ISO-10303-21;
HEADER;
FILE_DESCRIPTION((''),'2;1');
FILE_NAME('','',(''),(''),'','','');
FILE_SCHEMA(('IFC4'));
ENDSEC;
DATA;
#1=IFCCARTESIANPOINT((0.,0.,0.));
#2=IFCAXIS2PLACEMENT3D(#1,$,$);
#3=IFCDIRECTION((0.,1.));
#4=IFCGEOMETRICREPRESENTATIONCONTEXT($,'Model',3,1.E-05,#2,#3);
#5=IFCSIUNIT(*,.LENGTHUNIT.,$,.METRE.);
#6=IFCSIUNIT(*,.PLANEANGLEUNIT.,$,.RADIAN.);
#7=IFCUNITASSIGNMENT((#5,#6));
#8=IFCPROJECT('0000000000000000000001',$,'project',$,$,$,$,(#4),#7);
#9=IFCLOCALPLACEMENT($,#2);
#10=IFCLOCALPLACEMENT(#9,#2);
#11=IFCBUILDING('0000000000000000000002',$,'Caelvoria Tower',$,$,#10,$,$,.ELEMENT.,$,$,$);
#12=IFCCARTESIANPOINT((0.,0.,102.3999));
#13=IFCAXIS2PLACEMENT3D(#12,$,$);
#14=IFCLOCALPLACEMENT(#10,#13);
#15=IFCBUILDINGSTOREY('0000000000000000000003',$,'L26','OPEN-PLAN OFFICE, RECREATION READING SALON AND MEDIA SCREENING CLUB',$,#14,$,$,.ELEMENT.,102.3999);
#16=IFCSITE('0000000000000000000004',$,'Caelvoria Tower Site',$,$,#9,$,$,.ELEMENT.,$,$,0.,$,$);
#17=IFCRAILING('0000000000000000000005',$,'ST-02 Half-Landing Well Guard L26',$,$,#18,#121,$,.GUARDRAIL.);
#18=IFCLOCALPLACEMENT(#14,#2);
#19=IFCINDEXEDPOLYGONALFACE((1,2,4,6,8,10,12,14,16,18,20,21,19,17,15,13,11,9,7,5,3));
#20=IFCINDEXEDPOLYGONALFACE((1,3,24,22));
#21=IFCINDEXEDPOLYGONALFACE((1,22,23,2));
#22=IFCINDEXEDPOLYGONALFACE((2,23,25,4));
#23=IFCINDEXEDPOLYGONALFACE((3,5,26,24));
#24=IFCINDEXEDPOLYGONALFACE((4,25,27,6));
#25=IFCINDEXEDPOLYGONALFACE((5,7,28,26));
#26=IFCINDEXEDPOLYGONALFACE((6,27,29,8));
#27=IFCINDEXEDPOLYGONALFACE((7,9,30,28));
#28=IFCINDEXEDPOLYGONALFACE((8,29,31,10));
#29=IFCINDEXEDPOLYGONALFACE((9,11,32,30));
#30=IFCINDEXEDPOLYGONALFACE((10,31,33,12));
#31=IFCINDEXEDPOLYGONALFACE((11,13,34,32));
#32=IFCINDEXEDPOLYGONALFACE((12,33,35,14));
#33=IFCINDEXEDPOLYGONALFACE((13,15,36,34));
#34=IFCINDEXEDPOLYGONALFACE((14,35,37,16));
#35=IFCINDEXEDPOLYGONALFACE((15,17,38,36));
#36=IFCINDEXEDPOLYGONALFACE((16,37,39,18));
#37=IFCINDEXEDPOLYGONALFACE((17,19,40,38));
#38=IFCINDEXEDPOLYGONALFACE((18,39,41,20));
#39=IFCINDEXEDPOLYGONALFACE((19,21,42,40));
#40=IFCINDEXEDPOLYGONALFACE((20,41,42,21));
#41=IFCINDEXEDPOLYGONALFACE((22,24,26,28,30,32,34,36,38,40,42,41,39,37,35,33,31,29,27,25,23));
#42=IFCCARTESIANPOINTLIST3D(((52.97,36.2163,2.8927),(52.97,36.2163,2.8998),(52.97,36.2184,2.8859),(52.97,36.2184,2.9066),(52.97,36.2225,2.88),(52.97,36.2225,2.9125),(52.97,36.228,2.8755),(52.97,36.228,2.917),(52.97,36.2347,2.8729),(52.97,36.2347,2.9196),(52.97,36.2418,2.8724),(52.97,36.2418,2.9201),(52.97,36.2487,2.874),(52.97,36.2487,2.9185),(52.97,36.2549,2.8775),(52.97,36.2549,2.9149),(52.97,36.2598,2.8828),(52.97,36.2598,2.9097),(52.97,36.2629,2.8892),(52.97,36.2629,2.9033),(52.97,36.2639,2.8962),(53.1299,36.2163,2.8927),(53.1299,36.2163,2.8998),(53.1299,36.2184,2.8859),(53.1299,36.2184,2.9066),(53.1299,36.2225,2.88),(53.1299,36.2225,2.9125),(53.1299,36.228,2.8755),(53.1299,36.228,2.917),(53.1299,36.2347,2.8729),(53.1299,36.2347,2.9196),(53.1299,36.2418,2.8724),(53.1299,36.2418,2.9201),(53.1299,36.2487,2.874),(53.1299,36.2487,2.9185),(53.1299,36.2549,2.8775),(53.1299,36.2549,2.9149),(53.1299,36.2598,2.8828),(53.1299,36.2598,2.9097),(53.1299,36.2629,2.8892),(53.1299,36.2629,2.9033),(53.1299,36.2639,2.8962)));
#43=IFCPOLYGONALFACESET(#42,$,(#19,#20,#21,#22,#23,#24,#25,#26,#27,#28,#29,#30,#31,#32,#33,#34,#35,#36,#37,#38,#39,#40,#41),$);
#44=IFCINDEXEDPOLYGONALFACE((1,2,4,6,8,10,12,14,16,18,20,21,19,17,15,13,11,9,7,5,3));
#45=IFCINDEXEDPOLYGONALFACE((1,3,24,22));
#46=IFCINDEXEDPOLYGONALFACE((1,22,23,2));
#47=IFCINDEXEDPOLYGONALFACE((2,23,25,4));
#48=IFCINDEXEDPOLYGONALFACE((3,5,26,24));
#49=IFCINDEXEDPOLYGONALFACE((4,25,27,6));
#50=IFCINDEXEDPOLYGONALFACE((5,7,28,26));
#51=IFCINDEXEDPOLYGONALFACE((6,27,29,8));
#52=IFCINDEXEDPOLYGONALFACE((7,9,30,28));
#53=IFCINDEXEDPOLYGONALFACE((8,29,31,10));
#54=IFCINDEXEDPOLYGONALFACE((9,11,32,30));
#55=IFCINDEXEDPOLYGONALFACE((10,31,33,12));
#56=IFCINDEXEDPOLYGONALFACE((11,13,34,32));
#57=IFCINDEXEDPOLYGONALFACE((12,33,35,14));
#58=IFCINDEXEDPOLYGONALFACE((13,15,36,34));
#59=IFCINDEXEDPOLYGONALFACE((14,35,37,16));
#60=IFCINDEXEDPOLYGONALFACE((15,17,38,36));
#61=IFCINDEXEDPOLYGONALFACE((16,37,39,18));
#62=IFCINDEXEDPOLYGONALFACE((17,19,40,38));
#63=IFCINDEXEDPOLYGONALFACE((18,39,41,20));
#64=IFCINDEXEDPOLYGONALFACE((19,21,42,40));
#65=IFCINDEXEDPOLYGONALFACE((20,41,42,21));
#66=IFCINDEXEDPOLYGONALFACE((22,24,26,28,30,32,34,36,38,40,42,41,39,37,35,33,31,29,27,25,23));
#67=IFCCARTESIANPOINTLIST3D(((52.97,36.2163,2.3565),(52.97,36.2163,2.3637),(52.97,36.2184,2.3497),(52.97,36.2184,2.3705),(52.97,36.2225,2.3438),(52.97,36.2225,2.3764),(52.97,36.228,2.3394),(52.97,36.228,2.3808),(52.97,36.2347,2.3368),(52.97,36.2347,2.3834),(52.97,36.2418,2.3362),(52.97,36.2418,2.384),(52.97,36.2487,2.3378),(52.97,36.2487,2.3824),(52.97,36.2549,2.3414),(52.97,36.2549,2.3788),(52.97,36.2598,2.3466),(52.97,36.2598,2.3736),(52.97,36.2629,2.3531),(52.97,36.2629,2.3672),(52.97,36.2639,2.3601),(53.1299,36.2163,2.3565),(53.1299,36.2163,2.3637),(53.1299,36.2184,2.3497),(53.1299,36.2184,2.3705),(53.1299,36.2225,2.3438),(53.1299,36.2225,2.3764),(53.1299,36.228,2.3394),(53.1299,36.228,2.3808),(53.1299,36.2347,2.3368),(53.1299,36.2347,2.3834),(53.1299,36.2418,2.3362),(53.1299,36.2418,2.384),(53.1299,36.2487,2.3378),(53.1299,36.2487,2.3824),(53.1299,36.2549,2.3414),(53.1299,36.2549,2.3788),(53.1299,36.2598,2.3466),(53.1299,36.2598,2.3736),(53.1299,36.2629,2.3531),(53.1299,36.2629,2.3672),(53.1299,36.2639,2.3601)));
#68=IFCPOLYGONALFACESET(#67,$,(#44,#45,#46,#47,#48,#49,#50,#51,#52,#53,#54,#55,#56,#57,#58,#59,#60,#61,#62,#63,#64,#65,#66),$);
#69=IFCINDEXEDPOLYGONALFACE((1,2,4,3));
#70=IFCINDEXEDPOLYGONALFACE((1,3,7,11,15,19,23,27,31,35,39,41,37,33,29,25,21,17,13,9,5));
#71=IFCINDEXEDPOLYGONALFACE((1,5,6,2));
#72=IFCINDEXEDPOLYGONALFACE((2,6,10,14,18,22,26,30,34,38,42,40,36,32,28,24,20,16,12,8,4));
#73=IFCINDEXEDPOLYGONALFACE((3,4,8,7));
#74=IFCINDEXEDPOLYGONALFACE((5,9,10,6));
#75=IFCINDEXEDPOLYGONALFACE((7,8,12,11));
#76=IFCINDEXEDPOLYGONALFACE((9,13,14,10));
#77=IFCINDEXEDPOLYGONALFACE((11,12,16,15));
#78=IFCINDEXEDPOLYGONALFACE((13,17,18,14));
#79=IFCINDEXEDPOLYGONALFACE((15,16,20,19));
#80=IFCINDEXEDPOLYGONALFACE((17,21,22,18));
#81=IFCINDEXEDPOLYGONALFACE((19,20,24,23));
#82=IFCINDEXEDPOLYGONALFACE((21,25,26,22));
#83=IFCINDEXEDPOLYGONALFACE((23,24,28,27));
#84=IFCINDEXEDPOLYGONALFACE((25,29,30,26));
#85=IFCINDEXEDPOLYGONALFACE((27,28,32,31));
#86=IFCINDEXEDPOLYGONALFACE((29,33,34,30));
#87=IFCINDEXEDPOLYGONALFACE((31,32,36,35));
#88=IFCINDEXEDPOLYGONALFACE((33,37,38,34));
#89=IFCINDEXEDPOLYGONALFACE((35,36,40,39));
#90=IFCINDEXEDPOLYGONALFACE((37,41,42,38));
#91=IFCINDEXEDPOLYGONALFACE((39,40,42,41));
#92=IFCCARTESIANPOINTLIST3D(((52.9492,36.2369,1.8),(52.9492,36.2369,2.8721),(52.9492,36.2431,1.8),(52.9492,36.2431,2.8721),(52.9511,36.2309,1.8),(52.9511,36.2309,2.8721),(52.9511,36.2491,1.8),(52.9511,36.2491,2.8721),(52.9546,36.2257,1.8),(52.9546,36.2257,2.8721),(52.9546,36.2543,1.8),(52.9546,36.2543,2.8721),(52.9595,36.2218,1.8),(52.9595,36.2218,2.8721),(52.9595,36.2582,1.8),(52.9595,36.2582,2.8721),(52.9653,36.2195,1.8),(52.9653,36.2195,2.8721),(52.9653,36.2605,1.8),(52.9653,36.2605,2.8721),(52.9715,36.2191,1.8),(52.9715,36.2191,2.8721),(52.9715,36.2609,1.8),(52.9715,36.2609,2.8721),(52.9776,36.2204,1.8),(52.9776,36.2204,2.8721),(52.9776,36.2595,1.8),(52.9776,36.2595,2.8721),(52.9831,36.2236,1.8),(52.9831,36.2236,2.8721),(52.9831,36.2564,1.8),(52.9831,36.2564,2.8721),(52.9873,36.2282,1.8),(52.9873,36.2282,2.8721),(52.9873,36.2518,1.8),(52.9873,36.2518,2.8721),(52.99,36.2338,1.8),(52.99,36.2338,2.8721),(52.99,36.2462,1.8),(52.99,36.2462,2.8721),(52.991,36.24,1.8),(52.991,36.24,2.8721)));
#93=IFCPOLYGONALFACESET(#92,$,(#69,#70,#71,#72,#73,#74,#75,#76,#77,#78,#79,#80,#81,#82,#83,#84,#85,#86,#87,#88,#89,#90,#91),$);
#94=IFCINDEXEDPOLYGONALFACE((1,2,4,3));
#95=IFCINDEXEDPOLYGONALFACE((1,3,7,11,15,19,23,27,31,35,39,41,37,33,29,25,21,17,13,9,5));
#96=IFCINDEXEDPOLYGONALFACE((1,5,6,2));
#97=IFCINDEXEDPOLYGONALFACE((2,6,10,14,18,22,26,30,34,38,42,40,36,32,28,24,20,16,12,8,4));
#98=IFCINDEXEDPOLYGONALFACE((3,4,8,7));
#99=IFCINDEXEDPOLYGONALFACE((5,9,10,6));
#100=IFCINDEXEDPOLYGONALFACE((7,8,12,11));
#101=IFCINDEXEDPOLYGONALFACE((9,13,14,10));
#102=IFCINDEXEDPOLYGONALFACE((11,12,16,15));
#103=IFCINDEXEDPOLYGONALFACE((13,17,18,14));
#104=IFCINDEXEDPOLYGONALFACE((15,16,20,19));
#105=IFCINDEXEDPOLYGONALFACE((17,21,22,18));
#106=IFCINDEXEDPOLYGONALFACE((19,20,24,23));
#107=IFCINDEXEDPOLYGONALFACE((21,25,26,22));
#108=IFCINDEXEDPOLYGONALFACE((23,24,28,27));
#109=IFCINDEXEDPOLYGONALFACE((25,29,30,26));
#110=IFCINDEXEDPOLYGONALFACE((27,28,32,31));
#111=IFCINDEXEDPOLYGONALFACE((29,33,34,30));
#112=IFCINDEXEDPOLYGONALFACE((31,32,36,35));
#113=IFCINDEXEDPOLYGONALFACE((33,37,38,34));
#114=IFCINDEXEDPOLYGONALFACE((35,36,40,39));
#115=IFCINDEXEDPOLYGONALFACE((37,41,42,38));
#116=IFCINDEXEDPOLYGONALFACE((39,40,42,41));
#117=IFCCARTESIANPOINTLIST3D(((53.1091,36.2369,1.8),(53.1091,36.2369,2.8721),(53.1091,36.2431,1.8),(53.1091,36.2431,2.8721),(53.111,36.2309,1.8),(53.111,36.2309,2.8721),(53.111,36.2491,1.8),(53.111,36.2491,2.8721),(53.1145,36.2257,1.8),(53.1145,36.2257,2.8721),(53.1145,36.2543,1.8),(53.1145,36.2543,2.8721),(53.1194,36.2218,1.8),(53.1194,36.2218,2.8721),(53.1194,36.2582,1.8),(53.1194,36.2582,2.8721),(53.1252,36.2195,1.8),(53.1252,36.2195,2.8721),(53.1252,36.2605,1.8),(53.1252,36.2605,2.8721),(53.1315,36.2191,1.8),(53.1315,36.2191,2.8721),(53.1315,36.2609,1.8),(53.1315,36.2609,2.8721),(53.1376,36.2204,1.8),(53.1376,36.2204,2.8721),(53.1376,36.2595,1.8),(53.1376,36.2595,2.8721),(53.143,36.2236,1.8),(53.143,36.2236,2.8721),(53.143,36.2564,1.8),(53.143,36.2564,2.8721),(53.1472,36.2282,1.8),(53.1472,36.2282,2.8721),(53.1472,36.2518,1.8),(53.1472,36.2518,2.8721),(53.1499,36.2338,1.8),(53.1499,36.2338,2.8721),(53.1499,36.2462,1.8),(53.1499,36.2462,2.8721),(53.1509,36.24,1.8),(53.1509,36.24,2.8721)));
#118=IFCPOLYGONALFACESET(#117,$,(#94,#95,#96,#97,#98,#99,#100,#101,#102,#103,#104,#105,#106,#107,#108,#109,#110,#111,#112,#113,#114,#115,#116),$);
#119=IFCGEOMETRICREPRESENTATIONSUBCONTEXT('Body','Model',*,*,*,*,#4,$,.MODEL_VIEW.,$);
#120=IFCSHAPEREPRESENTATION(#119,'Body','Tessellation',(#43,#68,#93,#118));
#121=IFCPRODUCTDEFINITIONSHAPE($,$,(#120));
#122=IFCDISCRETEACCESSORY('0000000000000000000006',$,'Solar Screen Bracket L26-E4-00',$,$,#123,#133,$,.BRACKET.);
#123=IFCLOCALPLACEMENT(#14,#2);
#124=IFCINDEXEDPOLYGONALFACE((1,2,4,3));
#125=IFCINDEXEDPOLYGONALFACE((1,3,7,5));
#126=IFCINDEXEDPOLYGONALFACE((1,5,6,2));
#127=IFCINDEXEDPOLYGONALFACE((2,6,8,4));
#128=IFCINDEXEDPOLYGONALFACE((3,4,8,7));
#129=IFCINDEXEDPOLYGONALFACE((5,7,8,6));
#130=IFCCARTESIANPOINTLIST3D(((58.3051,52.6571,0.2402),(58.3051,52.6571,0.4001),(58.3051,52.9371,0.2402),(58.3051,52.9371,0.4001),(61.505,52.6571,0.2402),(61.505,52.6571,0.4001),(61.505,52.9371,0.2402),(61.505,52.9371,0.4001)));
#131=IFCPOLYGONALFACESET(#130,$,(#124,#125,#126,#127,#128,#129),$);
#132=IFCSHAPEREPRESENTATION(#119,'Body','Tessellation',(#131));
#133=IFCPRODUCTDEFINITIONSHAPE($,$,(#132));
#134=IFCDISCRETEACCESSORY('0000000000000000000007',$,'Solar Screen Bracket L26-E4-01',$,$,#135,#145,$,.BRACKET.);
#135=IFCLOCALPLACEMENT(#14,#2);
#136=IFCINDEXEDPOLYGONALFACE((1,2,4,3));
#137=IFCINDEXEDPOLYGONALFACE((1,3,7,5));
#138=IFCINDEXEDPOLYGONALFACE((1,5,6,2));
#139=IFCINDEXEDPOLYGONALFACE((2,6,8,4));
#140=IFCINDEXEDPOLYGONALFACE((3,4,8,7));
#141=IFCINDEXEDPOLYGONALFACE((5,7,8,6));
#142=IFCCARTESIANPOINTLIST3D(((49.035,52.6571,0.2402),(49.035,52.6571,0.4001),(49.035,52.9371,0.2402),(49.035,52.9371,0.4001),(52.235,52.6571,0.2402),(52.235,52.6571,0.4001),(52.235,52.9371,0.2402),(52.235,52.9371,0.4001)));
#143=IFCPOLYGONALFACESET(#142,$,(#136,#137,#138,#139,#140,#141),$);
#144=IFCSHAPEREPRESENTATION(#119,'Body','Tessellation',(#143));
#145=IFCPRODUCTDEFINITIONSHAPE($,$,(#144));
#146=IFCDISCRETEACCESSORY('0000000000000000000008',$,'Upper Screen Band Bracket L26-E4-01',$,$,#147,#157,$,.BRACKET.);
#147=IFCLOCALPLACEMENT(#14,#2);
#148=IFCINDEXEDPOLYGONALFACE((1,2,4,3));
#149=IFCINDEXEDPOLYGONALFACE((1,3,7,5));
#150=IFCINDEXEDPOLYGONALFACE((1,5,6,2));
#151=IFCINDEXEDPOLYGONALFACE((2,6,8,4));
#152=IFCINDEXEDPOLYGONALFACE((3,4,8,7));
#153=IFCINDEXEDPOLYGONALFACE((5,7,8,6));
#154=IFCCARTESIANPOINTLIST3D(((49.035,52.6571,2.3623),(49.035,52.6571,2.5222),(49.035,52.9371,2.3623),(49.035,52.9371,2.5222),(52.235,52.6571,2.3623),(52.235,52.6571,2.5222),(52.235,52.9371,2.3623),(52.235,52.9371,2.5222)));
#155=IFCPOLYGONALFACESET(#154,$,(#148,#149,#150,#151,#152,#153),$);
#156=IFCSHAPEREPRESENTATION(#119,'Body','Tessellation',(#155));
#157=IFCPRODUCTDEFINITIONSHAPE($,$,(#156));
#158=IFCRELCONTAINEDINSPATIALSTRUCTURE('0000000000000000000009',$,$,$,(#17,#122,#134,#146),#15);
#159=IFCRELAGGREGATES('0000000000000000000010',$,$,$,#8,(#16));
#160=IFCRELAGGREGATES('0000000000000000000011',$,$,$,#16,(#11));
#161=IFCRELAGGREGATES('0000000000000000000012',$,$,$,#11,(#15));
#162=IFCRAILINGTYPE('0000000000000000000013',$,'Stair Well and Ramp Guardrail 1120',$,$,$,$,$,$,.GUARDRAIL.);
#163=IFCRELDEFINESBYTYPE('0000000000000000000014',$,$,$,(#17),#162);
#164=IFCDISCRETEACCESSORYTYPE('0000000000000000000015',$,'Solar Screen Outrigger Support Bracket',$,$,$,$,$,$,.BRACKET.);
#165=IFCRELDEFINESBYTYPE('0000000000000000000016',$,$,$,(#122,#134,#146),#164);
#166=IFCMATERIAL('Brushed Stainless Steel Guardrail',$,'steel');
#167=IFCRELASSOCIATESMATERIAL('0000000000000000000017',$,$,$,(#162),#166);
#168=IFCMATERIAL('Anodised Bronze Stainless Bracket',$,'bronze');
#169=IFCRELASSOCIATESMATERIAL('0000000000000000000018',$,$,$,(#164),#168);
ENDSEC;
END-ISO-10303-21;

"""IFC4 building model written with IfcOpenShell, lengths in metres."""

from ifc_helpers import new_model, si_unit, direction, frame, origin, origin_2d, place, context, subcontext, project, spatial, rectangle, circle, extrude, material, type_object, element, save


model = new_model("IFC4")

# Units and contexts
model_context = context("Model", 3, precision=1e-05, world=origin(), true_north=direction((0.0, 1.0)))
body_context = subcontext(model_context, "Body", "Model", "MODEL_VIEW")
ifc_project = project(units=[si_unit("LENGTHUNIT", "METRE"), si_unit("PLANEANGLEUNIT", "RADIAN")], contexts=[model_context])

# Site, building, storey
site_placement = place(None, origin())
site = spatial("IfcSite", under=ifc_project, at=site_placement, Name="Caelvoria Tower Site", CompositionType="ELEMENT", RefElevation=0.0)
building_placement = place(site_placement, origin())
building = spatial("IfcBuilding", under=site, at=building_placement, Name="Caelvoria Tower", CompositionType="ELEMENT")
storey_placement = place(building_placement, frame((0.0, 0.0, 102.3999)))
storey = spatial("IfcBuildingStorey", under=building, at=storey_placement, Name="L26", Description="OPEN-PLAN OFFICE, RECREATION READING SALON AND MEDIA SCREENING CLUB", CompositionType="ELEMENT", Elevation=102.3999)

# Railing
ifc_material_1 = material(Name="Brushed Stainless Steel Guardrail", Category="steel")
railing_type_1 = type_object("IfcRailingType", Name="Stair Well and Ramp Guardrail 1120", PredefinedType="GUARDRAIL", material=ifc_material_1)
railing_1_placement = place(storey_placement, frame((52.97, 36.24, 1.8)))
element("IfcRailing", 1, at=railing_1_placement, inside=storey, type_object=railing_type_1, Name="ST-02 Half-Landing Well Guard L26", PredefinedType="GUARDRAIL", context=body_context, shape_type="SweptSolid", body=[
    extrude(circle(Radius=0.0239, at=origin_2d()), frame((0.0, 0.0, 1.0962), z_axis=(1.0, 0.0, 0.0), x_axis=(0.0, 1.0, 0.0)), (0.0, 0.0, 1.0), 0.1599),
    extrude(circle(Radius=0.0239, at=origin_2d()), frame((0.0, 0.0, 0.5601), z_axis=(1.0, 0.0, 0.0), x_axis=(0.0, 1.0, 0.0)), (0.0, 0.0, 1.0), 0.1599),
    extrude(circle(Radius=0.021, at=origin_2d()), origin(), (0.0, 0.0, 1.0), 1.072),
    extrude(circle(Radius=0.021, at=origin_2d()), frame((0.1599, 0.0, 0.0)), (0.0, 0.0, 1.0), 1.072),
])

# Discrete accessories
ifc_material_2 = material(Name="Anodised Bronze Stainless Bracket", Category="bronze")
discrete_accessory_type = type_object("IfcDiscreteAccessoryType", Name="Solar Screen Outrigger Support Bracket", PredefinedType="BRACKET", material=ifc_material_2)
for number, where, z_axis, x_axis, name in (
    (2, (59.905, 52.7971, 0.2402), (0.0, 0.0, 1.0), (-1.0, 0.0, 0.0), "Solar Screen Bracket L26-E4-00"),
    (3, (50.635, 52.7971, 0.2402), (0.0, 0.0, 1.0), (-1.0, 0.0, 0.0), "Solar Screen Bracket L26-E4-01"),
    (4, (50.635, 52.7971, 2.3623), (0.0, 0.0, 1.0), (-1.0, 0.0, 0.0), "Upper Screen Band Bracket L26-E4-01"),
):
    element("IfcDiscreteAccessory", number, at=place(storey_placement, frame(where, z_axis=z_axis, x_axis=x_axis)), inside=storey, type_object=discrete_accessory_type, Name=name, PredefinedType="BRACKET", context=body_context, shape_type="SweptSolid", body=[
        extrude(rectangle(XDim=3.2, YDim=0.28, at=origin_2d()), origin(), (0.0, 0.0, 1.0), 0.1599),
    ])

save(model, "model.ifc")
